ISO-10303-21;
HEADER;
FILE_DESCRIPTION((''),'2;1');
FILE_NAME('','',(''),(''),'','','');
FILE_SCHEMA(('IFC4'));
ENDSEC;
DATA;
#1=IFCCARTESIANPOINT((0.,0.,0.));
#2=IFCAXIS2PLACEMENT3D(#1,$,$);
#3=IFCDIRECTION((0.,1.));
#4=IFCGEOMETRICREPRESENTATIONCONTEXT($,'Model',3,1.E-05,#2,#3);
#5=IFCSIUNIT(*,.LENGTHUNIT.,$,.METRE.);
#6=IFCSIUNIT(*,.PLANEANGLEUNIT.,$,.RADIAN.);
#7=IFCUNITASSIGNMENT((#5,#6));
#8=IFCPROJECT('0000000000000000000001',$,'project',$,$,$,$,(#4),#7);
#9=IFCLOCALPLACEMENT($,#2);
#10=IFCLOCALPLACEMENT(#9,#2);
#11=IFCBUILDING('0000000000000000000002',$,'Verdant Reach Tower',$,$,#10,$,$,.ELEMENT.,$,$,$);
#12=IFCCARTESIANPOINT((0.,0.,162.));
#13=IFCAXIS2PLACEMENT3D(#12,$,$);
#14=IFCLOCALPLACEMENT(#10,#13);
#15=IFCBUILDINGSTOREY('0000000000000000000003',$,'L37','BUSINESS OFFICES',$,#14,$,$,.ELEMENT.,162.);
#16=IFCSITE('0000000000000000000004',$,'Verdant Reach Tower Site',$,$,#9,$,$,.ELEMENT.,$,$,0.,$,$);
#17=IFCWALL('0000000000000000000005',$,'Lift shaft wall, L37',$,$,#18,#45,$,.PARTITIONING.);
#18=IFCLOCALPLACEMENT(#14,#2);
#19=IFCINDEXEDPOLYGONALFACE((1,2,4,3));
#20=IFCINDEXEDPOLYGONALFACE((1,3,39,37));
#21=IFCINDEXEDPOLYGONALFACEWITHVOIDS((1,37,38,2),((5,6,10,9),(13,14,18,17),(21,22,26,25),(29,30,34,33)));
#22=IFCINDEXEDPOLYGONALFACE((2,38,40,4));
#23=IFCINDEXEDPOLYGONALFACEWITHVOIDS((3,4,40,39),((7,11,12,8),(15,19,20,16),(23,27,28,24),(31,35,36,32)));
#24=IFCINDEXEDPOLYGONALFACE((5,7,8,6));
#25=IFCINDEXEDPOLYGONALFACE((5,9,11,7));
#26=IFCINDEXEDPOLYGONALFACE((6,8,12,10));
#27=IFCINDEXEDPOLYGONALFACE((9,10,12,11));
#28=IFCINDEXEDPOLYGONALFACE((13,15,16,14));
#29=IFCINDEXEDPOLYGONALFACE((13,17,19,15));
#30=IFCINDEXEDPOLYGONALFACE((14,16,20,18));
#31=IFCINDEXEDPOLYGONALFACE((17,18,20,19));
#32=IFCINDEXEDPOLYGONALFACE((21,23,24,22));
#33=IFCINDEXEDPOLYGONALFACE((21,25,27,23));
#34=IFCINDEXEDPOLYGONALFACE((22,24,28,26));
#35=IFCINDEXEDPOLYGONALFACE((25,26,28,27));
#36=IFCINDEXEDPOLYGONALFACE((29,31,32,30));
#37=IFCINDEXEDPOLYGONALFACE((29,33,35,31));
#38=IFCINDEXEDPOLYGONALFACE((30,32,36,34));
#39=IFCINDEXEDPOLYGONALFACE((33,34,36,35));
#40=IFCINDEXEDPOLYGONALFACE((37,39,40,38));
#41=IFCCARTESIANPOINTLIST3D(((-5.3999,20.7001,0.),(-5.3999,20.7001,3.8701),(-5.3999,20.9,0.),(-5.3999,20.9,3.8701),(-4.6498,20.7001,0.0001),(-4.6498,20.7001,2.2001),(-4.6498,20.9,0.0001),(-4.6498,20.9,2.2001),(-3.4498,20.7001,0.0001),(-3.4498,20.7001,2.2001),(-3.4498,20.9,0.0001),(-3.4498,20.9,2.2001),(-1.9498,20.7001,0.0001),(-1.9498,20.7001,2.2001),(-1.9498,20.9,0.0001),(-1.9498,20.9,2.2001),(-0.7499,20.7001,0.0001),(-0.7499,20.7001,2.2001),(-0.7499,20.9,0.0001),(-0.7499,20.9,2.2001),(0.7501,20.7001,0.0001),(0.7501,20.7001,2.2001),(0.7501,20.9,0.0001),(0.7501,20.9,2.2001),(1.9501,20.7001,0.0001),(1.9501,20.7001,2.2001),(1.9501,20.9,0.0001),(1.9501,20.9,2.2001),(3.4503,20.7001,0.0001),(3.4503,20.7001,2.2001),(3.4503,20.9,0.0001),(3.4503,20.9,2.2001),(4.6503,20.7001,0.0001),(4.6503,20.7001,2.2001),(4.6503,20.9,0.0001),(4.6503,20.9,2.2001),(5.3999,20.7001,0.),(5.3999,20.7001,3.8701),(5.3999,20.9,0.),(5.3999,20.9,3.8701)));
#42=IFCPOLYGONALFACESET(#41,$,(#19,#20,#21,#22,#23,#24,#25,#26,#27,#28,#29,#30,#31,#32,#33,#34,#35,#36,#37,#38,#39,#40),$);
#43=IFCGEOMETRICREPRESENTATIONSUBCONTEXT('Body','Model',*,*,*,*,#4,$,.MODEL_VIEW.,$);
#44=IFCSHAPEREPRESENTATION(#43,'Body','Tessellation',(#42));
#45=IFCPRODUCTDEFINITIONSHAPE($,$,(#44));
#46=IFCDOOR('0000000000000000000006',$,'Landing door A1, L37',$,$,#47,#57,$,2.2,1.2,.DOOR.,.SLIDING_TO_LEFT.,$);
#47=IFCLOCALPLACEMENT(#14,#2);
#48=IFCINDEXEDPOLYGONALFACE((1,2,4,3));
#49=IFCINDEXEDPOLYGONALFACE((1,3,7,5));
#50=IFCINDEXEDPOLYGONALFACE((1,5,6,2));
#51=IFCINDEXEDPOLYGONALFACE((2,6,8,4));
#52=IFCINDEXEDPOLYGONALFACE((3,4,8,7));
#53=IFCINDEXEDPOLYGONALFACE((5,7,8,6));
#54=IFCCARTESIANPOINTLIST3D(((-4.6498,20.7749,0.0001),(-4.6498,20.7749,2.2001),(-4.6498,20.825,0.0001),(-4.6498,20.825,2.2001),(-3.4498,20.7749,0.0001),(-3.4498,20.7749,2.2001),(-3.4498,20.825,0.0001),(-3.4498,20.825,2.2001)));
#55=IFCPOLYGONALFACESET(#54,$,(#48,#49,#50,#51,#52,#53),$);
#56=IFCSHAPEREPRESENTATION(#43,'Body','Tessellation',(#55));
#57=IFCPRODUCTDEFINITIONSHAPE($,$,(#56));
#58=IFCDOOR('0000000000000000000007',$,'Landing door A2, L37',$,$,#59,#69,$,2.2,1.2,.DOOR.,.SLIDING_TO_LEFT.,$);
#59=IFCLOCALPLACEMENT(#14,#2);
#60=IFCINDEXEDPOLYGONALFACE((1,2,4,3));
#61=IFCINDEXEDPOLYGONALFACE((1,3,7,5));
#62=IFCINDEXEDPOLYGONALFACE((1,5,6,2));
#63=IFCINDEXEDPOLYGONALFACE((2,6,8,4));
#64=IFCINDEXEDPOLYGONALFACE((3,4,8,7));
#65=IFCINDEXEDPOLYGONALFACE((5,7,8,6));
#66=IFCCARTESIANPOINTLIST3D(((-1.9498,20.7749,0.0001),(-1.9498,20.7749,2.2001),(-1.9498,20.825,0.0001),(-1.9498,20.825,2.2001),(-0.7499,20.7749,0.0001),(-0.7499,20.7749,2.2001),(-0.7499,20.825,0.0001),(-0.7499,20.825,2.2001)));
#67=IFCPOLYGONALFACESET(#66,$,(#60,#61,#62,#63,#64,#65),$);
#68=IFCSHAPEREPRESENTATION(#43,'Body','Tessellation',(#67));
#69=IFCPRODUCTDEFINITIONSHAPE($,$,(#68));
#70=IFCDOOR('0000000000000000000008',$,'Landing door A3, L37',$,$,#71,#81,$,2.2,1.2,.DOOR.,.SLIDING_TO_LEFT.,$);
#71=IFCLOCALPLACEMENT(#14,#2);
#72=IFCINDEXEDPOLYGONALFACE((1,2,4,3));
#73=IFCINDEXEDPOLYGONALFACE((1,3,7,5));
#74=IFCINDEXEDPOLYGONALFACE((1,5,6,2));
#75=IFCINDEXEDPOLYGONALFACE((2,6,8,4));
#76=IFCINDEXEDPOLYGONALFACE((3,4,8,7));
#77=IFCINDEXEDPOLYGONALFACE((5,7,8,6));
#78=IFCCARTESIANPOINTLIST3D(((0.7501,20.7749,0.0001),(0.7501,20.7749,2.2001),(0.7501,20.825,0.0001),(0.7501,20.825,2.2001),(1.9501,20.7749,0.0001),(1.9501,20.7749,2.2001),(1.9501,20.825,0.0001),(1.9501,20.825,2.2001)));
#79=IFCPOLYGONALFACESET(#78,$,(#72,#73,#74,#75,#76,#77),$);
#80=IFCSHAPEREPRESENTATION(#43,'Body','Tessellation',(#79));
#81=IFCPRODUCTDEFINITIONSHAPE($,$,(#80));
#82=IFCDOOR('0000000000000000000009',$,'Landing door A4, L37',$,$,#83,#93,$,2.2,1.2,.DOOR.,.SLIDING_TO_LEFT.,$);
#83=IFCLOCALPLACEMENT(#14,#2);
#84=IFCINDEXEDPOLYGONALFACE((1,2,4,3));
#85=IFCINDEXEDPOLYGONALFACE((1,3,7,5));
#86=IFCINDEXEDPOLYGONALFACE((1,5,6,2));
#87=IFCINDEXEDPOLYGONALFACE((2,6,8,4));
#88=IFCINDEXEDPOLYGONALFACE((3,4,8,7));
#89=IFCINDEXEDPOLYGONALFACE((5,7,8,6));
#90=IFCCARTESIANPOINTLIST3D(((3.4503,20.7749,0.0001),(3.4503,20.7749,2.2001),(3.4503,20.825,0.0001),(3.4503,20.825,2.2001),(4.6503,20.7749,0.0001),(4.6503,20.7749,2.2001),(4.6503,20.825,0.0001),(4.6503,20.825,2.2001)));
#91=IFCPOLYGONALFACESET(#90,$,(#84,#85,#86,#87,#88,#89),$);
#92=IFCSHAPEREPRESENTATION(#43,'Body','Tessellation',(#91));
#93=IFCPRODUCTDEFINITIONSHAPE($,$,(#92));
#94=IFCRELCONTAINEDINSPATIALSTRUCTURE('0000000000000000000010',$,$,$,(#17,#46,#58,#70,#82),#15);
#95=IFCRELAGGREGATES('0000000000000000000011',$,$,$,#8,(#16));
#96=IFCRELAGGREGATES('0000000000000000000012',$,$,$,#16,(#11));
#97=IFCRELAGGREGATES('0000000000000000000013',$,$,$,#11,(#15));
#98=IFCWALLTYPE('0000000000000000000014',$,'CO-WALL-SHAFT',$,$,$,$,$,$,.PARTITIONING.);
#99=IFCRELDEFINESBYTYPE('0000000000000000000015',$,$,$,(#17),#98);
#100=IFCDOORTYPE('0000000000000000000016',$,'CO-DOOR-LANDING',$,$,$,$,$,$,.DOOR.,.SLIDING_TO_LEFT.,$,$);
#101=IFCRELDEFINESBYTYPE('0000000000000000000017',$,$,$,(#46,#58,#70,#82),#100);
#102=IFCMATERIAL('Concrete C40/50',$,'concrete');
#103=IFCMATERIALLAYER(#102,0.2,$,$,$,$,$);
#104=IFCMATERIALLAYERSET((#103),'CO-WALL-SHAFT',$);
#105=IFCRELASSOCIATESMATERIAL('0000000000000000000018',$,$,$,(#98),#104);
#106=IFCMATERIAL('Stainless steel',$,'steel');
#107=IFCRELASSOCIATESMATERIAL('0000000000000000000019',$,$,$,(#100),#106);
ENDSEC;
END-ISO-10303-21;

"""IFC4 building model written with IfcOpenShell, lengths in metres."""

from ifc_helpers import new_model, si_unit, direction, frame, frame_2d, origin, place, context, subcontext, project, spatial, rectangle, extrude, material, layer, layer_set, type_object, element, fill, save


model = new_model("IFC4")

# Units and contexts
model_context = context("Model", 3, precision=1e-05, world=origin(), true_north=direction((0.0, 1.0)))
body_context = subcontext(model_context, "Body", "Model", "MODEL_VIEW")
ifc_project = project(units=[si_unit("LENGTHUNIT", "METRE"), si_unit("PLANEANGLEUNIT", "RADIAN")], contexts=[model_context])

# Site, building, storey
site_placement = place(None, origin())
site = spatial("IfcSite", under=ifc_project, at=site_placement, Name="Verdant Reach Tower Site", CompositionType="ELEMENT", RefElevation=0.0)
building_placement = place(site_placement, origin())
building = spatial("IfcBuilding", under=site, at=building_placement, Name="Verdant Reach Tower", CompositionType="ELEMENT")
storey_placement = place(building_placement, frame((0.0, 0.0, 162.0)))
storey = spatial("IfcBuildingStorey", under=building, at=storey_placement, Name="L37", Description="BUSINESS OFFICES", CompositionType="ELEMENT", Elevation=162.0)

# Wall, openings, doors
ifc_material_1 = material(Name="Concrete C40/50", Category="concrete")
ifc_layer_1 = layer(ifc_material_1, 0.2)
ifc_layer_set_1 = layer_set([ifc_layer_1], Name="CO-WALL-SHAFT")
wall_type_1 = type_object("IfcWallType", Name="CO-WALL-SHAFT", PredefinedType="PARTITIONING", material=ifc_layer_set_1)
wall_1_placement = place(storey_placement, frame((-5.3999, 20.8, 0.0), z_axis=(0.0, 0.0, 1.0), x_axis=(1.0, 0.0, 0.0)))
wall_1 = element("IfcWall", 1, at=wall_1_placement, inside=storey, type_object=wall_type_1, Name="Lift shaft wall, L37", PredefinedType="PARTITIONING", context=body_context, shape_type="SweptSolid", body=[
    extrude(rectangle(XDim=10.7998, YDim=0.2, at=frame_2d((5.3999, 0.0))), origin(), (0.0, 0.0, 1.0), 3.8701),
])
opening_1_placement = place(wall_1_placement, frame((0.75, 0.0, 0.0)))
opening_1 = element("IfcOpeningElement", 2, at=opening_1_placement, cuts=wall_1, PredefinedType="OPENING", context=body_context, shape_type="SweptSolid", body=[
    extrude(rectangle(XDim=1.2, YDim=2.2, at=frame_2d((0.6001, 1.1001))), frame((0.0, 0.1099, 0.0), z_axis=(0.0, -1.0, 0.0), x_axis=(1.0, 0.0, 0.0)), (0.0, 0.0, 1.0), 0.22),
])
opening_2_placement = place(wall_1_placement, frame((3.45, 0.0, 0.0)))
opening_2 = element("IfcOpeningElement", 3, at=opening_2_placement, cuts=wall_1, PredefinedType="OPENING", context=body_context, shape_type="SweptSolid", body=[
    extrude(rectangle(XDim=1.2, YDim=2.2, at=frame_2d((0.6001, 1.1001))), frame((0.0, 0.1099, 0.0), z_axis=(0.0, -1.0, 0.0), x_axis=(1.0, 0.0, 0.0)), (0.0, 0.0, 1.0), 0.22),
])
opening_3_placement = place(wall_1_placement, frame((6.1499, 0.0, 0.0)))
opening_3 = element("IfcOpeningElement", 4, at=opening_3_placement, cuts=wall_1, PredefinedType="OPENING", context=body_context, shape_type="SweptSolid", body=[
    extrude(rectangle(XDim=1.2, YDim=2.2, at=frame_2d((0.6001, 1.1001))), frame((0.0, 0.1099, 0.0), z_axis=(0.0, -1.0, 0.0), x_axis=(1.0, 0.0, 0.0)), (0.0, 0.0, 1.0), 0.22),
])
opening_4_placement = place(wall_1_placement, frame((8.8501, 0.0, 0.0)))
opening_4 = element("IfcOpeningElement", 5, at=opening_4_placement, cuts=wall_1, PredefinedType="OPENING", context=body_context, shape_type="SweptSolid", body=[
    extrude(rectangle(XDim=1.2, YDim=2.2, at=frame_2d((0.6001, 1.1001))), frame((0.0, 0.1099, 0.0), z_axis=(0.0, -1.0, 0.0), x_axis=(1.0, 0.0, 0.0)), (0.0, 0.0, 1.0), 0.22),
])
ifc_material_2 = material(Name="Stainless steel", Category="steel")
door_type_1 = type_object("IfcDoorType", Name="CO-DOOR-LANDING", OperationType="SLIDING_TO_LEFT", PredefinedType="DOOR", material=ifc_material_2)
door_1_placement = place(opening_1_placement, origin())
door_1 = element("IfcDoor", 6, at=door_1_placement, inside=storey, type_object=door_type_1, Name="Landing door A1, L37", OperationType="SLIDING_TO_LEFT", OverallHeight=2.2, OverallWidth=1.2, PredefinedType="DOOR", context=body_context, shape_type="SweptSolid", body=[
    extrude(rectangle(XDim=1.2, YDim=2.2, at=frame_2d((0.6001, 1.1001))), frame((0.0, 0.0249, 0.0), z_axis=(0.0, -1.0, 0.0), x_axis=(1.0, 0.0, 0.0)), (0.0, 0.0, 1.0), 0.05),
])
fill(opening_1, door_1)
door_2_placement = place(opening_2_placement, origin())
door_2 = element("IfcDoor", 7, at=door_2_placement, inside=storey, type_object=door_type_1, Name="Landing door A2, L37", OperationType="SLIDING_TO_LEFT", OverallHeight=2.2, OverallWidth=1.2, PredefinedType="DOOR", context=body_context, shape_type="SweptSolid", body=[
    extrude(rectangle(XDim=1.2, YDim=2.2, at=frame_2d((0.6001, 1.1001))), frame((0.0, 0.0249, 0.0), z_axis=(0.0, -1.0, 0.0), x_axis=(1.0, 0.0, 0.0)), (0.0, 0.0, 1.0), 0.05),
])
fill(opening_2, door_2)
door_3_placement = place(opening_3_placement, origin())
door_3 = element("IfcDoor", 8, at=door_3_placement, inside=storey, type_object=door_type_1, Name="Landing door A3, L37", OperationType="SLIDING_TO_LEFT", OverallHeight=2.2, OverallWidth=1.2, PredefinedType="DOOR", context=body_context, shape_type="SweptSolid", body=[
    extrude(rectangle(XDim=1.2, YDim=2.2, at=frame_2d((0.6001, 1.1001))), frame((0.0, 0.0249, 0.0), z_axis=(0.0, -1.0, 0.0), x_axis=(1.0, 0.0, 0.0)), (0.0, 0.0, 1.0), 0.05),
])
fill(opening_3, door_3)
door_4_placement = place(opening_4_placement, origin())
door_4 = element("IfcDoor", 9, at=door_4_placement, inside=storey, type_object=door_type_1, Name="Landing door A4, L37", OperationType="SLIDING_TO_LEFT", OverallHeight=2.2, OverallWidth=1.2, PredefinedType="DOOR", context=body_context, shape_type="SweptSolid", body=[
    extrude(rectangle(XDim=1.2, YDim=2.2, at=frame_2d((0.6001, 1.1001))), frame((0.0, 0.0249, 0.0), z_axis=(0.0, -1.0, 0.0), x_axis=(1.0, 0.0, 0.0)), (0.0, 0.0, 1.0), 0.05),
])
fill(opening_4, door_4)

save(model, "model.ifc")
